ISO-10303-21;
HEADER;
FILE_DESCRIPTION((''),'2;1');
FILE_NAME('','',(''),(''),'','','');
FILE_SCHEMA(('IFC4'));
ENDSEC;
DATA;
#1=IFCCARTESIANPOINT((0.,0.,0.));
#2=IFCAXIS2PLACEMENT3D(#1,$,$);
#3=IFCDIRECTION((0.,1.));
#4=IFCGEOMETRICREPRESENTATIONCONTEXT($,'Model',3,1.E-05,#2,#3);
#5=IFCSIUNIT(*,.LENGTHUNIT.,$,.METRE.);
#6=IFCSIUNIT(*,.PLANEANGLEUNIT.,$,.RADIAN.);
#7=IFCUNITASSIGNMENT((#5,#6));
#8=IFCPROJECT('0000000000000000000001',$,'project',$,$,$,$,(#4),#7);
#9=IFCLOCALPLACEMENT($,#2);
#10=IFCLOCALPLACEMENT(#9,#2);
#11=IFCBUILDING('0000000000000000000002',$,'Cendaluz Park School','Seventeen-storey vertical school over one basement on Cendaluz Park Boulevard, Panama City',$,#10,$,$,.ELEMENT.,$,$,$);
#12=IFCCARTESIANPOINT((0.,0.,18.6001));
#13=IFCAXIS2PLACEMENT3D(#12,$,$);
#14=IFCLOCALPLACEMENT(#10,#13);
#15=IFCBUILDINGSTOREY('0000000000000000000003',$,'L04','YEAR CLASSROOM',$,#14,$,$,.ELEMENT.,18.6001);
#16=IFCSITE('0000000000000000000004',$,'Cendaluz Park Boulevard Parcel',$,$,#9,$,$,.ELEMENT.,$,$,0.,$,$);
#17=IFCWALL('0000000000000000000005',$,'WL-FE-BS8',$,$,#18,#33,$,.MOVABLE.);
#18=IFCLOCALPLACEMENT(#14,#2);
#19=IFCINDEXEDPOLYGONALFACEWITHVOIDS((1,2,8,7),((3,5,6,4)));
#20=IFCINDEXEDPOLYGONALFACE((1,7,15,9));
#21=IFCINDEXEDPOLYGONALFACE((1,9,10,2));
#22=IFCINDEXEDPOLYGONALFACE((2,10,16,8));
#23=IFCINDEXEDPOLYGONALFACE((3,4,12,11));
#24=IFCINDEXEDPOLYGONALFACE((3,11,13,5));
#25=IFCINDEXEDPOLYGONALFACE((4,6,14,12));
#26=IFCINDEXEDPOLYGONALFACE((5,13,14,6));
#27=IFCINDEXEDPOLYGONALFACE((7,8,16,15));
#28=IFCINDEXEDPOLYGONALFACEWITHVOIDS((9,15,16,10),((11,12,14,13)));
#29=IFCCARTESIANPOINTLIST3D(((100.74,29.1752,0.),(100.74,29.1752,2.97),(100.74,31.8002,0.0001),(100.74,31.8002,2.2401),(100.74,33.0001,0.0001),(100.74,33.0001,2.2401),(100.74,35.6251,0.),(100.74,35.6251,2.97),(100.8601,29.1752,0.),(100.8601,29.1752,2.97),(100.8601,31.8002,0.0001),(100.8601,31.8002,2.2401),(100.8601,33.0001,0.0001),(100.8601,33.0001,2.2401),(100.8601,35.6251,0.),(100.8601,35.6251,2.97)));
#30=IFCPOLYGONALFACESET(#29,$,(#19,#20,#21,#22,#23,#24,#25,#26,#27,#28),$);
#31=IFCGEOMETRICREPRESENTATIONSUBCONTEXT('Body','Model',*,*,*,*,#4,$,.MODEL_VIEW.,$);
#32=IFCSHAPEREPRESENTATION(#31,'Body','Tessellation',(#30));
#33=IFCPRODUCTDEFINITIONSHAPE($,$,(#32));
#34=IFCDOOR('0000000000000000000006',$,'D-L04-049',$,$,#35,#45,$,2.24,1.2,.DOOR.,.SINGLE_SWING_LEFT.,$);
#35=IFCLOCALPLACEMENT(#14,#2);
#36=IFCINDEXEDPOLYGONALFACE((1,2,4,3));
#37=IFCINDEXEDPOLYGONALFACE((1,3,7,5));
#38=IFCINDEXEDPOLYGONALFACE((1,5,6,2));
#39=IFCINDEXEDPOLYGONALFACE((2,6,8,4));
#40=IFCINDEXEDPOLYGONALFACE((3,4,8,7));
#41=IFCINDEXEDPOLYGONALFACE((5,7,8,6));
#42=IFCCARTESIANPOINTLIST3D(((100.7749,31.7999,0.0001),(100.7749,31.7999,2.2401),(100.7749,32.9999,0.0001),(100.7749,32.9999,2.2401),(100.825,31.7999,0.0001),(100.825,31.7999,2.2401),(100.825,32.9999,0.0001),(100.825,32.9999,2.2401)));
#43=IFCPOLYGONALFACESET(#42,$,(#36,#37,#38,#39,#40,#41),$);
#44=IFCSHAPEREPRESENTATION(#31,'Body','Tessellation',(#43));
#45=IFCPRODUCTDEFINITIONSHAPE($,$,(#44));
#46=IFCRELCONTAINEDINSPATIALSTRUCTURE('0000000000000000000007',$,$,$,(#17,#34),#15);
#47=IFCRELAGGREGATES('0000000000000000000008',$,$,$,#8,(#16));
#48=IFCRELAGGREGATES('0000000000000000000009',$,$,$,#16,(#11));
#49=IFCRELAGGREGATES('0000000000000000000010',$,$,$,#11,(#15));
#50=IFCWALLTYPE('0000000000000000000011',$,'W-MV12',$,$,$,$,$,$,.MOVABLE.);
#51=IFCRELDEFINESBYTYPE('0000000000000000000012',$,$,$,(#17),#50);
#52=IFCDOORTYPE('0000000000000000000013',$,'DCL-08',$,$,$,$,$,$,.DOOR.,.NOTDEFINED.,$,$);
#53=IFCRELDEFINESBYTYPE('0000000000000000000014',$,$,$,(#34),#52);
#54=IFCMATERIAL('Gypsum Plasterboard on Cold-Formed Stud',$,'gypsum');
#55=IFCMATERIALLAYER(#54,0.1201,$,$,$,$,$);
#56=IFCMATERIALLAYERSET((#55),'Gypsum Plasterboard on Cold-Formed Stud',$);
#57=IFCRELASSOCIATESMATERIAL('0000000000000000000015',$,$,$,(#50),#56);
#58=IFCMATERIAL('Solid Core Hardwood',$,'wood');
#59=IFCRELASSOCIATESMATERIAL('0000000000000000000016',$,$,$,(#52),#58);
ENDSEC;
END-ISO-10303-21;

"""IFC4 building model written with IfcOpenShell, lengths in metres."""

from ifc_helpers import new_model, si_unit, direction, frame, frame_2d, origin, place, context, subcontext, project, spatial, rectangle, extrude, material, layer, layer_set, type_object, element, fill, save


model = new_model("IFC4")

# Units and contexts
model_context = context("Model", 3, precision=1e-05, world=origin(), true_north=direction((0.0, 1.0)))
body_context = subcontext(model_context, "Body", "Model", "MODEL_VIEW")
ifc_project = project(units=[si_unit("LENGTHUNIT", "METRE"), si_unit("PLANEANGLEUNIT", "RADIAN")], contexts=[model_context])

# Site, building, storey
site_placement = place(None, origin())
site = spatial("IfcSite", under=ifc_project, at=site_placement, Name="Cendaluz Park Boulevard Parcel", CompositionType="ELEMENT", RefElevation=0.0)
building_placement = place(site_placement, origin())
building = spatial("IfcBuilding", under=site, at=building_placement, Name="Cendaluz Park School", Description="Seventeen-storey vertical school over one basement on Cendaluz Park Boulevard, Panama City", CompositionType="ELEMENT")
storey_placement = place(building_placement, frame((0.0, 0.0, 18.6001)))
storey = spatial("IfcBuildingStorey", under=building, at=storey_placement, Name="L04", Description="YEAR CLASSROOM", CompositionType="ELEMENT", Elevation=18.6001)

# Shared definitions
ifc_material_1 = material(Name="Gypsum Plasterboard on Cold-Formed Stud", Category="gypsum")

# Shared definitions
ifc_material_2 = material(Name="Solid Core Hardwood", Category="wood")

# Shared definitions
ifc_layer_1 = layer(ifc_material_1, 0.1201)
ifc_layer_set_1 = layer_set([ifc_layer_1], Name="Gypsum Plasterboard on Cold-Formed Stud")
wall_type_1 = type_object("IfcWallType", Name="W-MV12", PredefinedType="MOVABLE", material=ifc_layer_set_1)

# Wall, opening, door
wall_1_placement = place(storey_placement, frame((100.8, 29.175, 0.0), z_axis=(0.0, 0.0, 1.0), x_axis=(0.0, 1.0, 0.0)))
wall_1 = element("IfcWall", 1, at=wall_1_placement, inside=storey, type_object=wall_type_1, Name="WL-FE-BS8", PredefinedType="MOVABLE", context=body_context, shape_type="SweptSolid", body=[
    extrude(rectangle(XDim=6.45, YDim=0.1201, at=frame_2d((3.2251, 0.0))), origin(), (0.0, 0.0, 1.0), 2.97),
])
opening_1_placement = place(wall_1_placement, frame((2.625, 0.0, 0.0)))
opening_1 = element("IfcOpeningElement", 2, at=opening_1_placement, cuts=wall_1, PredefinedType="OPENING", context=body_context, shape_type="SweptSolid", body=[
    extrude(rectangle(XDim=1.2, YDim=2.24, at=frame_2d((0.6001, 1.1201))), frame((0.0, 0.072, 0.0), z_axis=(0.0, -1.0, 0.0), x_axis=(1.0, 0.0, 0.0)), (0.0, 0.0, 1.0), 0.144),
])
door_type_1 = type_object("IfcDoorType", Name="DCL-08", OperationType="NOTDEFINED", PredefinedType="DOOR", material=ifc_material_2)
door_1_placement = place(opening_1_placement, frame((1.2, 0.0, 0.0), z_axis=(0.0, 0.0, 1.0), x_axis=(-1.0, 0.0, 0.0)))
door_1 = element("IfcDoor", 3, at=door_1_placement, inside=storey, type_object=door_type_1, Name="D-L04-049", OperationType="SINGLE_SWING_LEFT", OverallHeight=2.24, OverallWidth=1.2, PredefinedType="DOOR", context=body_context, shape_type="SweptSolid", body=[
    extrude(rectangle(XDim=1.2, YDim=2.24, at=frame_2d((0.6001, 1.1201))), frame((0.0, 0.0249, 0.0), z_axis=(0.0, -1.0, 0.0), x_axis=(1.0, 0.0, 0.0)), (0.0, 0.0, 1.0), 0.05),
])
fill(opening_1, door_1)

save(model, "model.ifc")
